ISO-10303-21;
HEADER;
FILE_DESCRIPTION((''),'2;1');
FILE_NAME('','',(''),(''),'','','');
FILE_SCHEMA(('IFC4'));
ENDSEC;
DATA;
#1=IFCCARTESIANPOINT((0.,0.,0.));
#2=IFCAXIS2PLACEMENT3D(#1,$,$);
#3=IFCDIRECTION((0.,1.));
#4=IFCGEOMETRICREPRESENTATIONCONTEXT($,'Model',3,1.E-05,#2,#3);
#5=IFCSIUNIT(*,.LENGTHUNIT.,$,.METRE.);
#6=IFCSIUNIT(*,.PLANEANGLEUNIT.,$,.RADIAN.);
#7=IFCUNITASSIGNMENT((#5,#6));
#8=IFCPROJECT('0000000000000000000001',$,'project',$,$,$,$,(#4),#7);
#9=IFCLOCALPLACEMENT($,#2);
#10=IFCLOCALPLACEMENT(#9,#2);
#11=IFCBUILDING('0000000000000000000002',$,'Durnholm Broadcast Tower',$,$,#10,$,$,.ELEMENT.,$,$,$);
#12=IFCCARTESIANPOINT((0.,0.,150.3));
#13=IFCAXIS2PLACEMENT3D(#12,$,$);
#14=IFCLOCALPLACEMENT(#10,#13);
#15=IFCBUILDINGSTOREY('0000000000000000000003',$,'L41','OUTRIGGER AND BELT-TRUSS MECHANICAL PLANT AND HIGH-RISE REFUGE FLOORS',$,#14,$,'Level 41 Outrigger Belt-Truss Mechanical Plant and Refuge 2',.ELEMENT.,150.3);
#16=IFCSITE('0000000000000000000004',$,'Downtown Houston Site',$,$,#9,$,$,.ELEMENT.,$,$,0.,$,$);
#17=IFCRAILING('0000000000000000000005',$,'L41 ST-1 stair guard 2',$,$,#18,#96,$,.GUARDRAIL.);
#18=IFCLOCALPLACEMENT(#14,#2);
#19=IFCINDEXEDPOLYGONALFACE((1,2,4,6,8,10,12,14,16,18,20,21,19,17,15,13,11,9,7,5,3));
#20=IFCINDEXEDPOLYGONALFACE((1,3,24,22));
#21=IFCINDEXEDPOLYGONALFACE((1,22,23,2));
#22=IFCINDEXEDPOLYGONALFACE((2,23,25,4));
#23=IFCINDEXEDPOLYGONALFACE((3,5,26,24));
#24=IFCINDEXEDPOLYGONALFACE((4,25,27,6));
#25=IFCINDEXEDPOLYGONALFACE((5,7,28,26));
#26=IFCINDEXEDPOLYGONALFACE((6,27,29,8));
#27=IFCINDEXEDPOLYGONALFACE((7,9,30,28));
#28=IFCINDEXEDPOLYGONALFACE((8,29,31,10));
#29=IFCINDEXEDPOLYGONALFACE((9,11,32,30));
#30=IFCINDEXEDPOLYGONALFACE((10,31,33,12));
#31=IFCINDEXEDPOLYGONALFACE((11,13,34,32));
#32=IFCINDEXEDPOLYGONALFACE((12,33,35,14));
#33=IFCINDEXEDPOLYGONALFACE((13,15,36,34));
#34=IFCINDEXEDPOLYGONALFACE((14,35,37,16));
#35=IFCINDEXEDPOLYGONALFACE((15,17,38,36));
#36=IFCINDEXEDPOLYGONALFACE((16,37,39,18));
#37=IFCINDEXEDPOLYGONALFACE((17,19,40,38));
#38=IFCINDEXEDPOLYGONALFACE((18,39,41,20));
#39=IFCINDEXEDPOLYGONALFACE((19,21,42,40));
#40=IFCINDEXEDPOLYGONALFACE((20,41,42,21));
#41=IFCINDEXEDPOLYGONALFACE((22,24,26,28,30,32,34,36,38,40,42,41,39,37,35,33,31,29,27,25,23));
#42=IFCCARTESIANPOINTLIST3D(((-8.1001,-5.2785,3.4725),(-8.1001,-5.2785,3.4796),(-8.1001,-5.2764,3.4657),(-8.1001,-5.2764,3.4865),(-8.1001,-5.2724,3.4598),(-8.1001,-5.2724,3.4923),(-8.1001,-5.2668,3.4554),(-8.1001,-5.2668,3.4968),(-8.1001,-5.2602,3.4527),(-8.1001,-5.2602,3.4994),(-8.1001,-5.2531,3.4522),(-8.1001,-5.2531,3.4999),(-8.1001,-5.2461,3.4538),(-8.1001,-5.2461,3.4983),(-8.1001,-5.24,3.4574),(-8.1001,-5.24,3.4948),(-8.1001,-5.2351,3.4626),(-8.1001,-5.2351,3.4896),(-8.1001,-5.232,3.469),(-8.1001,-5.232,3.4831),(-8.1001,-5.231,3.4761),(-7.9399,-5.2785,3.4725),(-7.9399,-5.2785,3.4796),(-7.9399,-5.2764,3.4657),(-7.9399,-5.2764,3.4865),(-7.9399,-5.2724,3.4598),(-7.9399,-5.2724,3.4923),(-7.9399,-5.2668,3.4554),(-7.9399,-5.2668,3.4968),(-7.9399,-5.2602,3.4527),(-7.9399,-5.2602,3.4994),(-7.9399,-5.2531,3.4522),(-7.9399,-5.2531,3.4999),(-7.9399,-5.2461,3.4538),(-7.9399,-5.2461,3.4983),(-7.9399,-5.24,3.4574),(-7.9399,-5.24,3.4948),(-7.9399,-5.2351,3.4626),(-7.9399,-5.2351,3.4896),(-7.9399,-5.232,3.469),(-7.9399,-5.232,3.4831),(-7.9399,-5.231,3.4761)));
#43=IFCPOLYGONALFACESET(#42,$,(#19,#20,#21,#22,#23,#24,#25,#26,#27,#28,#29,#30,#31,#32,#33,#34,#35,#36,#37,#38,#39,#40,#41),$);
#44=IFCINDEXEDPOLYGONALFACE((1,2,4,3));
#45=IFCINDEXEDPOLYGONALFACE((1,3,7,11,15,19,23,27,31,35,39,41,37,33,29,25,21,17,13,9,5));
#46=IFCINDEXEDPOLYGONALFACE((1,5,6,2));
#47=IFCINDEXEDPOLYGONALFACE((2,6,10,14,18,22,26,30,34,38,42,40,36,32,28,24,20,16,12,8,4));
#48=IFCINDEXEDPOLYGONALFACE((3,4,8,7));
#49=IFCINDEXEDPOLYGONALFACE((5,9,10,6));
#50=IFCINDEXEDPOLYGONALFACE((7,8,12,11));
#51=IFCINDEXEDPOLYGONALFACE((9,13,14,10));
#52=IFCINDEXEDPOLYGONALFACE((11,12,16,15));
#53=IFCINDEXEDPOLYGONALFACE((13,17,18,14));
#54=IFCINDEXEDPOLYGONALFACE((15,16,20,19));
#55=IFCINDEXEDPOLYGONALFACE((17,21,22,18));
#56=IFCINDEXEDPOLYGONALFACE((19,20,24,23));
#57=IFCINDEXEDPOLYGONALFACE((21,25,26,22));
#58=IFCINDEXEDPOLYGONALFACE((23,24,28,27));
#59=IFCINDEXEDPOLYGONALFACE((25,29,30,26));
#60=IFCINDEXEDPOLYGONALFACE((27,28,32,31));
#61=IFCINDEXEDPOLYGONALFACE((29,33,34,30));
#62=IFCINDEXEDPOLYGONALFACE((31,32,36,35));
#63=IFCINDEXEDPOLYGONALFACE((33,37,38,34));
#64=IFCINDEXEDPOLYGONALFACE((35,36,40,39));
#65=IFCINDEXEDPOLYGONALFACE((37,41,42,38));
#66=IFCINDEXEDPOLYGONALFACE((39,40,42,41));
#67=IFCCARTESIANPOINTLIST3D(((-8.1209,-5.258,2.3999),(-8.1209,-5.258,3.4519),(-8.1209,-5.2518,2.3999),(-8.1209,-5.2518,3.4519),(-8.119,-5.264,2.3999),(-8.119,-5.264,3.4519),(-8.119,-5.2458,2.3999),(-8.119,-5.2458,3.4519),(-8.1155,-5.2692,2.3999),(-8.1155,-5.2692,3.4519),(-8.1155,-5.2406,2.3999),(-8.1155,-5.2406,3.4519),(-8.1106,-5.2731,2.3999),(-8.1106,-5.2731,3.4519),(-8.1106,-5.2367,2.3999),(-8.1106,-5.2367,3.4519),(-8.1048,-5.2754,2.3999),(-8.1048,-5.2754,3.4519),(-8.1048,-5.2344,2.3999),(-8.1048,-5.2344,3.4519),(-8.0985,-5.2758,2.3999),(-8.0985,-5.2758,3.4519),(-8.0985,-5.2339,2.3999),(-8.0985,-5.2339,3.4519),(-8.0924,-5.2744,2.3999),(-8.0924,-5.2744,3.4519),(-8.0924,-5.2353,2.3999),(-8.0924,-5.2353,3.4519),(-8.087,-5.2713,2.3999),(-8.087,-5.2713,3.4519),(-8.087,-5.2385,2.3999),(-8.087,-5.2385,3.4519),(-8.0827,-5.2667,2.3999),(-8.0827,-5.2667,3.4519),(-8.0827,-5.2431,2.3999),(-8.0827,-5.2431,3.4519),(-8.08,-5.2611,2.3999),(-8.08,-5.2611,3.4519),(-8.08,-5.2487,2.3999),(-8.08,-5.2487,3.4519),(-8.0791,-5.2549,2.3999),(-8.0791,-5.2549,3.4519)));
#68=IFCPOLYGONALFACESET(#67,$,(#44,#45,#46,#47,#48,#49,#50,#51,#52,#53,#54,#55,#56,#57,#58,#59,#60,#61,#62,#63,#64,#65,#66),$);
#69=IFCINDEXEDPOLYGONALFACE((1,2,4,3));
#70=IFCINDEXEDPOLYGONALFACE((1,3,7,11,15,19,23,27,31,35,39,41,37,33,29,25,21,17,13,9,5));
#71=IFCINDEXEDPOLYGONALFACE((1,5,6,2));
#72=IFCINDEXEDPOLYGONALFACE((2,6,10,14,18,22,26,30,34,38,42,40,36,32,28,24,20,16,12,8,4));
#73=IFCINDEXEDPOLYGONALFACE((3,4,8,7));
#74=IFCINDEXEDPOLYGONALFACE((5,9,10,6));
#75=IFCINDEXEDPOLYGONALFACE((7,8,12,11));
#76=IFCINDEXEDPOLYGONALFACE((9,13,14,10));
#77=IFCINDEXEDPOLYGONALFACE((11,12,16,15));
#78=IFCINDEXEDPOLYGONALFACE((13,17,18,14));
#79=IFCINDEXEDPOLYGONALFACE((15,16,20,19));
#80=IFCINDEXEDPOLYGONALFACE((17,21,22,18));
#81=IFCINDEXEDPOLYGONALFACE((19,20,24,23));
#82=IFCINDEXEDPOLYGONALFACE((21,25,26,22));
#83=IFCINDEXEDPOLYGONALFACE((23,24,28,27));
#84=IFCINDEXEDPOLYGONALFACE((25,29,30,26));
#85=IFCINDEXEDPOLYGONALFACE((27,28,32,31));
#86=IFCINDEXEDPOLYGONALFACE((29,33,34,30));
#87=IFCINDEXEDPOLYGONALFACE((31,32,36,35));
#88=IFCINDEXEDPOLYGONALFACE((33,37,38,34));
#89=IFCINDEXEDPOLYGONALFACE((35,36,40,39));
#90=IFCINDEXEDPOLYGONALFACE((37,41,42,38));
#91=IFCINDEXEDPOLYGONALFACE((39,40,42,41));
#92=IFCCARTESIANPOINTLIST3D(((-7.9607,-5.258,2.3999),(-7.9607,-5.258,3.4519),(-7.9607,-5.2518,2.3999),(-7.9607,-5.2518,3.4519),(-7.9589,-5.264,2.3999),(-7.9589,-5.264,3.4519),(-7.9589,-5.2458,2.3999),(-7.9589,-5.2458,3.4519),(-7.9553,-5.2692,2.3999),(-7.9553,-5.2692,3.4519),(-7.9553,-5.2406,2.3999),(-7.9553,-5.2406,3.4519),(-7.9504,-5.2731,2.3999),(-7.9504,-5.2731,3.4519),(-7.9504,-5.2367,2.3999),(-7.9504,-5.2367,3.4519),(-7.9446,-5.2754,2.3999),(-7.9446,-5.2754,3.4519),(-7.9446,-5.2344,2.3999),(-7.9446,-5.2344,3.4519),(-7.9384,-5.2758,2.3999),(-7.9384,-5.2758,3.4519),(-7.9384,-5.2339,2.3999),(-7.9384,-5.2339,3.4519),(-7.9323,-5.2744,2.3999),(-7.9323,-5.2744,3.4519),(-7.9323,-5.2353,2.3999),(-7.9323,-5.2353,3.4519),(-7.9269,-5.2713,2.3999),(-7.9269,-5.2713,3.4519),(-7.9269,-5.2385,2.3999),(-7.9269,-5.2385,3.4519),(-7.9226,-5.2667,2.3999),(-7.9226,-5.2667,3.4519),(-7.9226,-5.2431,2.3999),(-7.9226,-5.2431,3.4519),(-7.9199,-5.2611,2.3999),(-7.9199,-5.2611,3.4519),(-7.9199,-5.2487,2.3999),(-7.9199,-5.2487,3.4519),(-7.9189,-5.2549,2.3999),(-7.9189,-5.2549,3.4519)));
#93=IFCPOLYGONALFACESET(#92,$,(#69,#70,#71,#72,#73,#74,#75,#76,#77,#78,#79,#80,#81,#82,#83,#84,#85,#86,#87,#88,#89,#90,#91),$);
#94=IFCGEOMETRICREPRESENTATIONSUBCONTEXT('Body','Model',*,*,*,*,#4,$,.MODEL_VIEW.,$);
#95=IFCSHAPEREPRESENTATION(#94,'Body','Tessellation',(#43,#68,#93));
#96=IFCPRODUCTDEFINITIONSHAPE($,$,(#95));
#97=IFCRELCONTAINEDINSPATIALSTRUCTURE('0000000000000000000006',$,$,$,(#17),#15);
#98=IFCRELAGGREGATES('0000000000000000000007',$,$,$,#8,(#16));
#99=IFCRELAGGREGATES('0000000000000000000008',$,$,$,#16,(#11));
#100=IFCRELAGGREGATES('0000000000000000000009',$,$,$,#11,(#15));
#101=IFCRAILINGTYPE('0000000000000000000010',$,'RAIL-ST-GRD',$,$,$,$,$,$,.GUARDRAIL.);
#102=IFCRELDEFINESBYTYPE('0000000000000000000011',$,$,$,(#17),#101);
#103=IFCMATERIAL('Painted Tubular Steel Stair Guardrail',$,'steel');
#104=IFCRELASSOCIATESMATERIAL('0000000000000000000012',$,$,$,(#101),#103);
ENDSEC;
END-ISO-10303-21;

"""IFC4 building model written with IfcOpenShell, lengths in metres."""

from ifc_helpers import new_model, si_unit, direction, frame, origin, origin_2d, place, context, subcontext, project, spatial, circle, extrude, material, type_object, element, save


model = new_model("IFC4")

# Units and contexts
model_context = context("Model", 3, precision=1e-05, world=origin(), true_north=direction((0.0, 1.0)))
body_context = subcontext(model_context, "Body", "Model", "MODEL_VIEW")
ifc_project = project(units=[si_unit("LENGTHUNIT", "METRE"), si_unit("PLANEANGLEUNIT", "RADIAN")], contexts=[model_context])

# Site, building, storey
site_placement = place(None, origin())
site = spatial("IfcSite", under=ifc_project, at=site_placement, Name="Downtown Houston Site", CompositionType="ELEMENT", RefElevation=0.0)
building_placement = place(site_placement, origin())
building = spatial("IfcBuilding", under=site, at=building_placement, Name="Durnholm Broadcast Tower", CompositionType="ELEMENT")
storey_placement = place(building_placement, frame((0.0, 0.0, 150.3)))
storey = spatial("IfcBuildingStorey", under=building, at=storey_placement, Name="L41", Description="OUTRIGGER AND BELT-TRUSS MECHANICAL PLANT AND HIGH-RISE REFUGE FLOORS", LongName="Level 41 Outrigger Belt-Truss Mechanical Plant and Refuge 2", CompositionType="ELEMENT", Elevation=150.3)

# Railing
ifc_material_1 = material(Name="Painted Tubular Steel Stair Guardrail", Category="steel")
railing_type_1 = type_object("IfcRailingType", Name="RAIL-ST-GRD", PredefinedType="GUARDRAIL", material=ifc_material_1)
railing_1_placement = place(storey_placement, frame((-8.1001, -5.2549, 2.3999)))
element("IfcRailing", 1, at=railing_1_placement, inside=storey, type_object=railing_type_1, Name="L41 ST-1 stair guard 2", PredefinedType="GUARDRAIL", context=body_context, shape_type="SweptSolid", body=[
    extrude(circle(Radius=0.0239, at=origin_2d()), frame((0.0, 0.0, 1.0762), z_axis=(1.0, 0.0, 0.0), x_axis=(0.0, 1.0, 0.0)), (0.0, 0.0, 1.0), 0.1602),
    extrude(circle(Radius=0.021, at=origin_2d()), origin(), (0.0, 0.0, 1.0), 1.052),
    extrude(circle(Radius=0.021, at=origin_2d()), frame((0.1602, 0.0, 0.0)), (0.0, 0.0, 1.0), 1.052),
])

save(model, "model.ifc")
